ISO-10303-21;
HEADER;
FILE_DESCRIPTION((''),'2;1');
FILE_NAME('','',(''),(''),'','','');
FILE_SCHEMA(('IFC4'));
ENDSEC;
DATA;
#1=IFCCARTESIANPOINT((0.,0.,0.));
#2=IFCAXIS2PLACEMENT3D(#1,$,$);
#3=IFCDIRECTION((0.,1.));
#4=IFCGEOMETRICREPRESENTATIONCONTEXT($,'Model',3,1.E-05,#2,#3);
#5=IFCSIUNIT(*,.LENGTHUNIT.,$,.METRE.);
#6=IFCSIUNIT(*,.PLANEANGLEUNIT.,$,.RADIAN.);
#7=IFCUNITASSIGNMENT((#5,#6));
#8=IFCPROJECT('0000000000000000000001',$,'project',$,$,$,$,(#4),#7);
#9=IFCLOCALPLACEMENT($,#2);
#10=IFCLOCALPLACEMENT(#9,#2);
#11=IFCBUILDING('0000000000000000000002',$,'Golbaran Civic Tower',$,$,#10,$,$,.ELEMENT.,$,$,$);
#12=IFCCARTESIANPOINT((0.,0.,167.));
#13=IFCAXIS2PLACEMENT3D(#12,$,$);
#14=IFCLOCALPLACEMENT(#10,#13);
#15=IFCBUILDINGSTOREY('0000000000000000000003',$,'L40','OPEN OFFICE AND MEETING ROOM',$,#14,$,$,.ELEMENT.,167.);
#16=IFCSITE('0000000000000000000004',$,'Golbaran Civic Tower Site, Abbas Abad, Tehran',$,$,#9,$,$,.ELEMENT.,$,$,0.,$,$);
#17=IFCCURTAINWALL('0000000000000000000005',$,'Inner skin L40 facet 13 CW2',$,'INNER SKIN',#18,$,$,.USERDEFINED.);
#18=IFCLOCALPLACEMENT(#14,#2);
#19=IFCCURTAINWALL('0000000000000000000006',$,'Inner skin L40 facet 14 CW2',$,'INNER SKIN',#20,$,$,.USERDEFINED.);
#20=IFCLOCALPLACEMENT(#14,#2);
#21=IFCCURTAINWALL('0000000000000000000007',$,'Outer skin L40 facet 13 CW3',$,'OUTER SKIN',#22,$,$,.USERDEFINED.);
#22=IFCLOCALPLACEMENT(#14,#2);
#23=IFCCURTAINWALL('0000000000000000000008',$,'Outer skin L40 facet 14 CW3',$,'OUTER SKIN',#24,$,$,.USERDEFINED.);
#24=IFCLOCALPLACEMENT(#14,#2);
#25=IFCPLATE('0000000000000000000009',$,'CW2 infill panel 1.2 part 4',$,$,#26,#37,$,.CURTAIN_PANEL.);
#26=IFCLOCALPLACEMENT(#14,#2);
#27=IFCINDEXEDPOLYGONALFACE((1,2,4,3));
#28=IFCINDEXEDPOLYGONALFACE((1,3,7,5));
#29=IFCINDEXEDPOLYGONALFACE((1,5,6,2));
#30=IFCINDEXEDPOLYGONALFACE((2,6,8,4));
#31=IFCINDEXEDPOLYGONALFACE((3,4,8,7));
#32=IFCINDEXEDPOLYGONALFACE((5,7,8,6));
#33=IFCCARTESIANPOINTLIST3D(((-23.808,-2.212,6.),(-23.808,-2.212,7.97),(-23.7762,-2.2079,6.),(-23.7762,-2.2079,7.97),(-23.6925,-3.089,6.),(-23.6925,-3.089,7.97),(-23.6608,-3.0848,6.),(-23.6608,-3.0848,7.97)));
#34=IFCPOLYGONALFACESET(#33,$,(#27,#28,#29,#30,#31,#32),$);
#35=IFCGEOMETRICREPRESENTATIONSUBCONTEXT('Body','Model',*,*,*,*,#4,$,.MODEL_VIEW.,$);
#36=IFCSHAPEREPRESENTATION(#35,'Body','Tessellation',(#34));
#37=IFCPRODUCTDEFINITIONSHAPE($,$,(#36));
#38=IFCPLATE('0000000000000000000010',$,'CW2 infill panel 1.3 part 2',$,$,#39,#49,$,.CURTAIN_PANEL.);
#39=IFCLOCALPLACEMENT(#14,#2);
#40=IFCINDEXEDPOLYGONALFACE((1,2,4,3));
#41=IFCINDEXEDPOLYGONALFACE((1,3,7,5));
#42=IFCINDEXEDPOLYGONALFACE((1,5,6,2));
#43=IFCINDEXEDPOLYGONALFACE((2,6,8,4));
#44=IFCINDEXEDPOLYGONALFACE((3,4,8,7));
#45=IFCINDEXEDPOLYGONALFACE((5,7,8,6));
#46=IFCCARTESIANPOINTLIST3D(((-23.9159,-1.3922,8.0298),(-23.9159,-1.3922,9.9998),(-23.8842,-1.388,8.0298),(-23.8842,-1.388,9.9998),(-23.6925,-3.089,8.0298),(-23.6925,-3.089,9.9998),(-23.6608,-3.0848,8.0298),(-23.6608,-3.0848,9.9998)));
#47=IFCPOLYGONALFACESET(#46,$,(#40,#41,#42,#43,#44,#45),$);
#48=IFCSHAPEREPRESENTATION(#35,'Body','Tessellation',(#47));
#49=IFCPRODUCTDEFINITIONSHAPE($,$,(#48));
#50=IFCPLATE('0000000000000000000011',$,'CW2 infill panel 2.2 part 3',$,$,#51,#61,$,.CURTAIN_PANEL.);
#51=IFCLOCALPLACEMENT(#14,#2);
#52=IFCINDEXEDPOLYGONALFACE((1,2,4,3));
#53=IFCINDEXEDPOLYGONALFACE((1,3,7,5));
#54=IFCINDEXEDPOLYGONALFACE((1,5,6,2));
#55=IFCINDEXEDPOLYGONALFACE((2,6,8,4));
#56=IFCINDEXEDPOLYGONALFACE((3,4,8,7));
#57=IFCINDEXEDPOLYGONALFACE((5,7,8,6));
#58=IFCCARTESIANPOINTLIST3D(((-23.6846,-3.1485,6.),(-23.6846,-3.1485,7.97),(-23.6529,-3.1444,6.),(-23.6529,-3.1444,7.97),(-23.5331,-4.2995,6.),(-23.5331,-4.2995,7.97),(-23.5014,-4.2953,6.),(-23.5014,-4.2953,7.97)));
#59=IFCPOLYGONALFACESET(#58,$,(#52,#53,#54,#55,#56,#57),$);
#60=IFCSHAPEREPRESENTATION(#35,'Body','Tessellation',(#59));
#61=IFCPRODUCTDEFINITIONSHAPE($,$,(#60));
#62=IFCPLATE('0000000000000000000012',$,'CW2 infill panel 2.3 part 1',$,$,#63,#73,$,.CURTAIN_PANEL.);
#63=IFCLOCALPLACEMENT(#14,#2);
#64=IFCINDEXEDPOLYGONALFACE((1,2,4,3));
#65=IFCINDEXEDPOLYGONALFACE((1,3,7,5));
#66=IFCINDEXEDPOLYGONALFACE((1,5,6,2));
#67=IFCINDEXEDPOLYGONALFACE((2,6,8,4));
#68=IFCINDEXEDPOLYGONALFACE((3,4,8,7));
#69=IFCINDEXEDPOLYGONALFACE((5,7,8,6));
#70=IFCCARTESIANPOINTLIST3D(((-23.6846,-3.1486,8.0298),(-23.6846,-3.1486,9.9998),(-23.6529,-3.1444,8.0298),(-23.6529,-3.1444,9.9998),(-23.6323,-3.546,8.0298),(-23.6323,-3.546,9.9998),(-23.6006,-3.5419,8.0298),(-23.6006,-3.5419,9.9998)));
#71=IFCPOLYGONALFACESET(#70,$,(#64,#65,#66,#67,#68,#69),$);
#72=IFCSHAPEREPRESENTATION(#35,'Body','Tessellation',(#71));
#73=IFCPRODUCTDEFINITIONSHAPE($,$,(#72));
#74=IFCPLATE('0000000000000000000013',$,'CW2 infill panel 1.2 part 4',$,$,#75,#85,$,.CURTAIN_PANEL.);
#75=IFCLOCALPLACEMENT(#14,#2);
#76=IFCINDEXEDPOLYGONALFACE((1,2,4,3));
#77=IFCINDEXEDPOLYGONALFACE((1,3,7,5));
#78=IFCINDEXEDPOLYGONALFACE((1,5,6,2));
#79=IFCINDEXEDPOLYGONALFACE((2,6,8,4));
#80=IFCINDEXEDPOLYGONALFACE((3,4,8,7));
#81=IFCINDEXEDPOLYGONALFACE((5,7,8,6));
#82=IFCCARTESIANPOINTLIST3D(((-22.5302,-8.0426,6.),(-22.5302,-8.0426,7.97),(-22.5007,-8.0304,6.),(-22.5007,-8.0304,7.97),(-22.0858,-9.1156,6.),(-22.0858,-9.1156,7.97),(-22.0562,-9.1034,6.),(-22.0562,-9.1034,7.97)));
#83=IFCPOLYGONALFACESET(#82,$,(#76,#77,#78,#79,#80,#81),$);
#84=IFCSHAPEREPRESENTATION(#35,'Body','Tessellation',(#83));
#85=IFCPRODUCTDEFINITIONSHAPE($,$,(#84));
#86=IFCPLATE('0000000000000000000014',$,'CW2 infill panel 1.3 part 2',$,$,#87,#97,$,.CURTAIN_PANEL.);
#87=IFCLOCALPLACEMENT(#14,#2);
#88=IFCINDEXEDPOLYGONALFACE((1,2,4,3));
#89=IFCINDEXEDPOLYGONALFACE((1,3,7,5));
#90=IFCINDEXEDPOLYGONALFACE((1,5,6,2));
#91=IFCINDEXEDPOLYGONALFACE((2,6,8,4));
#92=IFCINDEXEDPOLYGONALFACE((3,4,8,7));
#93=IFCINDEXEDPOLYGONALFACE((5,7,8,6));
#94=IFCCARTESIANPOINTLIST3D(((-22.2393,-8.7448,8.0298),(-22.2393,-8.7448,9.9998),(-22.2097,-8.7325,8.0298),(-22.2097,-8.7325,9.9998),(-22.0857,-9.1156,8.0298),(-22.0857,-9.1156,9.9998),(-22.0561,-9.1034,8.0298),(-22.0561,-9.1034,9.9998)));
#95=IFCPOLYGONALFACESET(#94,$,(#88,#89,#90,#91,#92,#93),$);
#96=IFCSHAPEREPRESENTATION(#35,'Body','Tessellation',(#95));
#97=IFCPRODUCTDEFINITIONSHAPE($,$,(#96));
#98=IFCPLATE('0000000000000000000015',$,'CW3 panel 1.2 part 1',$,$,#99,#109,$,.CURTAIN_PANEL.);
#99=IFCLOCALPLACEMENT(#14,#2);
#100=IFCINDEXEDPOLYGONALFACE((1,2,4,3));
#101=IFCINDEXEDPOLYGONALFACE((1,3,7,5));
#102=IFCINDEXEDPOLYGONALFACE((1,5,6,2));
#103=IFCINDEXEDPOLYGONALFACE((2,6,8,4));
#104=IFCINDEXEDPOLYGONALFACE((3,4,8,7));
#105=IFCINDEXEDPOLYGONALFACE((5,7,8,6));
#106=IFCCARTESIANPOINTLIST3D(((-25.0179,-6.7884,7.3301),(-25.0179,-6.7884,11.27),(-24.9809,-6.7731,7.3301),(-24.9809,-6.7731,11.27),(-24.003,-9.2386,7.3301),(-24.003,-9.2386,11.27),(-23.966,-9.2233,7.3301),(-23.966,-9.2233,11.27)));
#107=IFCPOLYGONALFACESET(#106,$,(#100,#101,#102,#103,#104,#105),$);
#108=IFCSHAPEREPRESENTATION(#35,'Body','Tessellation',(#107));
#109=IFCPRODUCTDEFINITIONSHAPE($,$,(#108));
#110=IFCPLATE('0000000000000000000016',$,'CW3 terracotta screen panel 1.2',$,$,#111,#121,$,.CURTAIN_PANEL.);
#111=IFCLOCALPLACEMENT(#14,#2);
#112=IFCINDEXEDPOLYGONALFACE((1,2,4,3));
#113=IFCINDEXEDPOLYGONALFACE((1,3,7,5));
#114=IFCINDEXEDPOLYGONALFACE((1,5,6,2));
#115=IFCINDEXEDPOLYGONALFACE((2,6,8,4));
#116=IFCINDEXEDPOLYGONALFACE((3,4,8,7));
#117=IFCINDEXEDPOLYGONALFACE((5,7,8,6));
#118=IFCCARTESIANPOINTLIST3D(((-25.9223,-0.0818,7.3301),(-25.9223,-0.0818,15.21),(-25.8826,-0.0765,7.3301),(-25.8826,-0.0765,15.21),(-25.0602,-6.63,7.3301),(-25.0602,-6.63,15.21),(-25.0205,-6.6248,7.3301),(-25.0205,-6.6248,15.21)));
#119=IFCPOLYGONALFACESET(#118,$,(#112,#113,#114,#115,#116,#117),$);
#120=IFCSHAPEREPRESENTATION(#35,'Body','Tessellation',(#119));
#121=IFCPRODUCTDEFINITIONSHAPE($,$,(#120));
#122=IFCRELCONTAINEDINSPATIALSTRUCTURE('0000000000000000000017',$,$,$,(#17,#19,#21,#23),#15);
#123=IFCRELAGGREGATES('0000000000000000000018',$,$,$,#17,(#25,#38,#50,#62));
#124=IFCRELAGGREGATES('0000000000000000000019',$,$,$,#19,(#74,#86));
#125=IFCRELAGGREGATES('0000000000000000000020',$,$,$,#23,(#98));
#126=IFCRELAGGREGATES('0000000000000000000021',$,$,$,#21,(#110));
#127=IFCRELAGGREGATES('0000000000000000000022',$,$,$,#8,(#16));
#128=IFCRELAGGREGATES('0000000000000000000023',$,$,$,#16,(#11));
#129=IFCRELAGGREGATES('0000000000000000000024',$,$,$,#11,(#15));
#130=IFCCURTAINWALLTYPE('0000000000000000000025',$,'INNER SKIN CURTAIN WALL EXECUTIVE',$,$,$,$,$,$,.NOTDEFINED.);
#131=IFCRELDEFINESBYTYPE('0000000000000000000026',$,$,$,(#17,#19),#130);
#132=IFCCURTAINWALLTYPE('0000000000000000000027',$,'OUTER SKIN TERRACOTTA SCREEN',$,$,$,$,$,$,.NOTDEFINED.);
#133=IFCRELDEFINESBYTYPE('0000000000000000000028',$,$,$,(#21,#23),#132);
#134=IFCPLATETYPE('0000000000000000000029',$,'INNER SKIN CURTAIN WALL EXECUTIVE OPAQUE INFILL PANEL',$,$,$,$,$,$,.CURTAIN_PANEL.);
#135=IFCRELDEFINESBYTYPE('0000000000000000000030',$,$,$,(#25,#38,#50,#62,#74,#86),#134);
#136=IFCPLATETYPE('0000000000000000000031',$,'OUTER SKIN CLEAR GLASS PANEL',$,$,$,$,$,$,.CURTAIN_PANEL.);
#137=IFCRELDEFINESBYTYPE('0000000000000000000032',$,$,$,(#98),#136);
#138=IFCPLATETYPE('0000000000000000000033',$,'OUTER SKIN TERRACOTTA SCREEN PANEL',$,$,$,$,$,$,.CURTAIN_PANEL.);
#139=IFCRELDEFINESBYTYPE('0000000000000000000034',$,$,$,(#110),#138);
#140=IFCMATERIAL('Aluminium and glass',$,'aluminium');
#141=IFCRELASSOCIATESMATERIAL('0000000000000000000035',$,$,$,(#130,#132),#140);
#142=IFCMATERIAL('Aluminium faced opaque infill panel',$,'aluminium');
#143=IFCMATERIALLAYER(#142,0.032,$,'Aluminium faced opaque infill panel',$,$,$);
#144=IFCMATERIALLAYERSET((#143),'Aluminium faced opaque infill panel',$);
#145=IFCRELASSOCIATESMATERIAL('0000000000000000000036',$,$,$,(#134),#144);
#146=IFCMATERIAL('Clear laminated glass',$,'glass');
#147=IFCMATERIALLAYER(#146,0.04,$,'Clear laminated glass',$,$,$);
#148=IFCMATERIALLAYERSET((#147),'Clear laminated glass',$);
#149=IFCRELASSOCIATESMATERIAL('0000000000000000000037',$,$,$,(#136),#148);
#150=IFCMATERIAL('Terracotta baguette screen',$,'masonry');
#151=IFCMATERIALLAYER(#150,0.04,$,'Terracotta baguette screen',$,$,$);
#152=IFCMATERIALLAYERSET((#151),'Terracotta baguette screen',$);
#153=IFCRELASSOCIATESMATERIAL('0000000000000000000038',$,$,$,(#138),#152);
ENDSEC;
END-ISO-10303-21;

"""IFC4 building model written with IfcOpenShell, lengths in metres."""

from ifc_helpers import new_model, si_unit, direction, frame, origin, origin_2d, place, context, subcontext, project, spatial, rectangle, extrude, material, layer, layer_set, type_object, element, aggregate, save


model = new_model("IFC4")

# Units and contexts
model_context = context("Model", 3, precision=1e-05, world=origin(), true_north=direction((0.0, 1.0)))
body_context = subcontext(model_context, "Body", "Model", "MODEL_VIEW")
ifc_project = project(units=[si_unit("LENGTHUNIT", "METRE"), si_unit("PLANEANGLEUNIT", "RADIAN")], contexts=[model_context])

# Site, building, storey
site_placement = place(None, origin())
site = spatial("IfcSite", under=ifc_project, at=site_placement, Name="Golbaran Civic Tower Site, Abbas Abad, Tehran", CompositionType="ELEMENT", RefElevation=0.0)
building_placement = place(site_placement, origin())
building = spatial("IfcBuilding", under=site, at=building_placement, Name="Golbaran Civic Tower", CompositionType="ELEMENT")
storey_placement = place(building_placement, frame((0.0, 0.0, 167.0)))
storey = spatial("IfcBuildingStorey", under=building, at=storey_placement, Name="L40", Description="OPEN OFFICE AND MEETING ROOM", CompositionType="ELEMENT", Elevation=167.0)

# Curtain walls
ifc_material_1 = material(Name="Aluminium and glass", Category="aluminium")
curtain_wall_type_1 = type_object("IfcCurtainWallType", Name="INNER SKIN CURTAIN WALL EXECUTIVE", PredefinedType="NOTDEFINED", material=ifc_material_1)
curtain_wall_1_placement = place(storey_placement, origin())
curtain_wall_1 = element("IfcCurtainWall", 1, at=curtain_wall_1_placement, inside=storey, type_object=curtain_wall_type_1, Name="Inner skin L40 facet 13 CW2", ObjectType="INNER SKIN", PredefinedType="USERDEFINED")
curtain_wall_2_placement = place(storey_placement, origin())
curtain_wall_2 = element("IfcCurtainWall", 2, at=curtain_wall_2_placement, inside=storey, type_object=curtain_wall_type_1, Name="Inner skin L40 facet 14 CW2", ObjectType="INNER SKIN", PredefinedType="USERDEFINED")

# Curtain walls
curtain_wall_type_2 = type_object("IfcCurtainWallType", Name="OUTER SKIN TERRACOTTA SCREEN", PredefinedType="NOTDEFINED", material=ifc_material_1)
curtain_wall_3_placement = place(storey_placement, origin())
curtain_wall_3 = element("IfcCurtainWall", 3, at=curtain_wall_3_placement, inside=storey, type_object=curtain_wall_type_2, Name="Outer skin L40 facet 13 CW3", ObjectType="OUTER SKIN", PredefinedType="USERDEFINED")
curtain_wall_4_placement = place(storey_placement, origin())
curtain_wall_4 = element("IfcCurtainWall", 4, at=curtain_wall_4_placement, inside=storey, type_object=curtain_wall_type_2, Name="Outer skin L40 facet 14 CW3", ObjectType="OUTER SKIN", PredefinedType="USERDEFINED")

# Plates
ifc_material_2 = material(Name="Aluminium faced opaque infill panel", Category="aluminium")
ifc_layer_1 = layer(ifc_material_2, 0.032, Name="Aluminium faced opaque infill panel")
ifc_layer_set_1 = layer_set([ifc_layer_1], Name="Aluminium faced opaque infill panel")
plate_type_1 = type_object("IfcPlateType", Name="INNER SKIN CURTAIN WALL EXECUTIVE OPAQUE INFILL PANEL", PredefinedType="CURTAIN_PANEL", material=ifc_layer_set_1)
plate_1_placement = place(storey_placement, frame((-23.7344, -2.6484, 6.0), z_axis=(0.0, 0.0, 1.0), x_axis=(0.130526, -0.991445, 0.0)))
plate_1 = element("IfcPlate", 5, at=plate_1_placement, type_object=plate_type_1, Name="CW2 infill panel 1.2 part 4", PredefinedType="CURTAIN_PANEL", context=body_context, shape_type="SweptSolid", body=[
    extrude(rectangle(XDim=0.8845, YDim=0.032, at=origin_2d()), origin(), (0.0, 0.0, 1.0), 1.97),
])
plate_2_placement = place(storey_placement, frame((-23.7883, -2.2385, 8.0298), z_axis=(0.0, 0.0, 1.0), x_axis=(0.130526, -0.991445, 0.0)))
plate_2 = element("IfcPlate", 6, at=plate_2_placement, type_object=plate_type_1, Name="CW2 infill panel 1.3 part 2", PredefinedType="CURTAIN_PANEL", context=body_context, shape_type="SweptSolid", body=[
    extrude(rectangle(XDim=1.7114, YDim=0.032, at=origin_2d()), origin(), (0.0, 0.0, 1.0), 1.97),
])
plate_3_placement = place(storey_placement, frame((-23.593, -3.7219, 6.0), z_axis=(0.0, 0.0, 1.0), x_axis=(0.130526, -0.991445, 0.0)))
plate_3 = element("IfcPlate", 7, at=plate_3_placement, type_object=plate_type_1, Name="CW2 infill panel 2.2 part 3", PredefinedType="CURTAIN_PANEL", context=body_context, shape_type="SweptSolid", body=[
    extrude(rectangle(XDim=1.1609, YDim=0.032, at=origin_2d()), origin(), (0.0, 0.0, 1.0), 1.97),
])
plate_4_placement = place(storey_placement, frame((-23.6426, -3.3452, 8.0298), z_axis=(0.0, 0.0, 1.0), x_axis=(0.130526, -0.991445, 0.0)))
plate_4 = element("IfcPlate", 8, at=plate_4_placement, type_object=plate_type_1, Name="CW2 infill panel 2.3 part 1", PredefinedType="CURTAIN_PANEL", context=body_context, shape_type="SweptSolid", body=[
    extrude(rectangle(XDim=0.4009, YDim=0.032, at=origin_2d()), origin(), (0.0, 0.0, 1.0), 1.97),
])
aggregate(curtain_wall_1, [plate_1, plate_2, plate_3, plate_4])
plate_5_placement = place(storey_placement, frame((-22.2932, -8.573, 6.0), z_axis=(0.0, 0.0, 1.0), x_axis=(0.382683, -0.92388, 0.0)))
plate_5 = element("IfcPlate", 9, at=plate_5_placement, type_object=plate_type_1, Name="CW2 infill panel 1.2 part 4", PredefinedType="CURTAIN_PANEL", context=body_context, shape_type="SweptSolid", body=[
    extrude(rectangle(XDim=1.1614, YDim=0.032, at=origin_2d()), origin(), (0.0, 0.0, 1.0), 1.97),
])
plate_6_placement = place(storey_placement, frame((-22.1477, -8.9241, 8.0298), z_axis=(0.0, 0.0, 1.0), x_axis=(0.382683, -0.92388, 0.0)))
plate_6 = element("IfcPlate", 10, at=plate_6_placement, type_object=plate_type_1, Name="CW2 infill panel 1.3 part 2", PredefinedType="CURTAIN_PANEL", context=body_context, shape_type="SweptSolid", body=[
    extrude(rectangle(XDim=0.4014, YDim=0.032, at=origin_2d()), origin(), (0.0, 0.0, 1.0), 1.97),
])
aggregate(curtain_wall_2, [plate_5, plate_6])
ifc_material_3 = material(Name="Clear laminated glass", Category="glass")
ifc_layer_2 = layer(ifc_material_3, 0.04, Name="Clear laminated glass")
ifc_layer_set_2 = layer_set([ifc_layer_2], Name="Clear laminated glass")
plate_type_2 = type_object("IfcPlateType", Name="OUTER SKIN CLEAR GLASS PANEL", PredefinedType="CURTAIN_PANEL", material=ifc_layer_set_2)
plate_7_placement = place(storey_placement, frame((-24.4919, -8.0059, 7.3301), z_axis=(0.0, 0.0, 1.0), x_axis=(0.382683, -0.92388, 0.0)))
plate_7 = element("IfcPlate", 11, at=plate_7_placement, type_object=plate_type_2, Name="CW3 panel 1.2 part 1", PredefinedType="CURTAIN_PANEL", context=body_context, shape_type="SweptSolid", body=[
    extrude(rectangle(XDim=2.6521, YDim=0.04, at=origin_2d()), origin(), (0.0, 0.0, 1.0), 3.9399),
])
aggregate(curtain_wall_4, [plate_7])
ifc_material_4 = material(Name="Terracotta baguette screen", Category="masonry")
ifc_layer_3 = layer(ifc_material_4, 0.04, Name="Terracotta baguette screen")
ifc_layer_set_3 = layer_set([ifc_layer_3], Name="Terracotta baguette screen")
plate_type_3 = type_object("IfcPlateType", Name="OUTER SKIN TERRACOTTA SCREEN PANEL", PredefinedType="CURTAIN_PANEL", material=ifc_layer_set_3)
plate_8_placement = place(storey_placement, frame((-25.4714, -3.3533, 7.3301), z_axis=(0.0, 0.0, 1.0), x_axis=(0.130526, -0.991445, 0.0)))
plate_8 = element("IfcPlate", 12, at=plate_8_placement, type_object=plate_type_3, Name="CW3 terracotta screen panel 1.2", PredefinedType="CURTAIN_PANEL", context=body_context, shape_type="SweptSolid", body=[
    extrude(rectangle(XDim=6.6047, YDim=0.04, at=origin_2d()), origin(), (0.0, 0.0, 1.0), 7.8799),
])
aggregate(curtain_wall_3, [plate_8])

save(model, "model.ifc")
